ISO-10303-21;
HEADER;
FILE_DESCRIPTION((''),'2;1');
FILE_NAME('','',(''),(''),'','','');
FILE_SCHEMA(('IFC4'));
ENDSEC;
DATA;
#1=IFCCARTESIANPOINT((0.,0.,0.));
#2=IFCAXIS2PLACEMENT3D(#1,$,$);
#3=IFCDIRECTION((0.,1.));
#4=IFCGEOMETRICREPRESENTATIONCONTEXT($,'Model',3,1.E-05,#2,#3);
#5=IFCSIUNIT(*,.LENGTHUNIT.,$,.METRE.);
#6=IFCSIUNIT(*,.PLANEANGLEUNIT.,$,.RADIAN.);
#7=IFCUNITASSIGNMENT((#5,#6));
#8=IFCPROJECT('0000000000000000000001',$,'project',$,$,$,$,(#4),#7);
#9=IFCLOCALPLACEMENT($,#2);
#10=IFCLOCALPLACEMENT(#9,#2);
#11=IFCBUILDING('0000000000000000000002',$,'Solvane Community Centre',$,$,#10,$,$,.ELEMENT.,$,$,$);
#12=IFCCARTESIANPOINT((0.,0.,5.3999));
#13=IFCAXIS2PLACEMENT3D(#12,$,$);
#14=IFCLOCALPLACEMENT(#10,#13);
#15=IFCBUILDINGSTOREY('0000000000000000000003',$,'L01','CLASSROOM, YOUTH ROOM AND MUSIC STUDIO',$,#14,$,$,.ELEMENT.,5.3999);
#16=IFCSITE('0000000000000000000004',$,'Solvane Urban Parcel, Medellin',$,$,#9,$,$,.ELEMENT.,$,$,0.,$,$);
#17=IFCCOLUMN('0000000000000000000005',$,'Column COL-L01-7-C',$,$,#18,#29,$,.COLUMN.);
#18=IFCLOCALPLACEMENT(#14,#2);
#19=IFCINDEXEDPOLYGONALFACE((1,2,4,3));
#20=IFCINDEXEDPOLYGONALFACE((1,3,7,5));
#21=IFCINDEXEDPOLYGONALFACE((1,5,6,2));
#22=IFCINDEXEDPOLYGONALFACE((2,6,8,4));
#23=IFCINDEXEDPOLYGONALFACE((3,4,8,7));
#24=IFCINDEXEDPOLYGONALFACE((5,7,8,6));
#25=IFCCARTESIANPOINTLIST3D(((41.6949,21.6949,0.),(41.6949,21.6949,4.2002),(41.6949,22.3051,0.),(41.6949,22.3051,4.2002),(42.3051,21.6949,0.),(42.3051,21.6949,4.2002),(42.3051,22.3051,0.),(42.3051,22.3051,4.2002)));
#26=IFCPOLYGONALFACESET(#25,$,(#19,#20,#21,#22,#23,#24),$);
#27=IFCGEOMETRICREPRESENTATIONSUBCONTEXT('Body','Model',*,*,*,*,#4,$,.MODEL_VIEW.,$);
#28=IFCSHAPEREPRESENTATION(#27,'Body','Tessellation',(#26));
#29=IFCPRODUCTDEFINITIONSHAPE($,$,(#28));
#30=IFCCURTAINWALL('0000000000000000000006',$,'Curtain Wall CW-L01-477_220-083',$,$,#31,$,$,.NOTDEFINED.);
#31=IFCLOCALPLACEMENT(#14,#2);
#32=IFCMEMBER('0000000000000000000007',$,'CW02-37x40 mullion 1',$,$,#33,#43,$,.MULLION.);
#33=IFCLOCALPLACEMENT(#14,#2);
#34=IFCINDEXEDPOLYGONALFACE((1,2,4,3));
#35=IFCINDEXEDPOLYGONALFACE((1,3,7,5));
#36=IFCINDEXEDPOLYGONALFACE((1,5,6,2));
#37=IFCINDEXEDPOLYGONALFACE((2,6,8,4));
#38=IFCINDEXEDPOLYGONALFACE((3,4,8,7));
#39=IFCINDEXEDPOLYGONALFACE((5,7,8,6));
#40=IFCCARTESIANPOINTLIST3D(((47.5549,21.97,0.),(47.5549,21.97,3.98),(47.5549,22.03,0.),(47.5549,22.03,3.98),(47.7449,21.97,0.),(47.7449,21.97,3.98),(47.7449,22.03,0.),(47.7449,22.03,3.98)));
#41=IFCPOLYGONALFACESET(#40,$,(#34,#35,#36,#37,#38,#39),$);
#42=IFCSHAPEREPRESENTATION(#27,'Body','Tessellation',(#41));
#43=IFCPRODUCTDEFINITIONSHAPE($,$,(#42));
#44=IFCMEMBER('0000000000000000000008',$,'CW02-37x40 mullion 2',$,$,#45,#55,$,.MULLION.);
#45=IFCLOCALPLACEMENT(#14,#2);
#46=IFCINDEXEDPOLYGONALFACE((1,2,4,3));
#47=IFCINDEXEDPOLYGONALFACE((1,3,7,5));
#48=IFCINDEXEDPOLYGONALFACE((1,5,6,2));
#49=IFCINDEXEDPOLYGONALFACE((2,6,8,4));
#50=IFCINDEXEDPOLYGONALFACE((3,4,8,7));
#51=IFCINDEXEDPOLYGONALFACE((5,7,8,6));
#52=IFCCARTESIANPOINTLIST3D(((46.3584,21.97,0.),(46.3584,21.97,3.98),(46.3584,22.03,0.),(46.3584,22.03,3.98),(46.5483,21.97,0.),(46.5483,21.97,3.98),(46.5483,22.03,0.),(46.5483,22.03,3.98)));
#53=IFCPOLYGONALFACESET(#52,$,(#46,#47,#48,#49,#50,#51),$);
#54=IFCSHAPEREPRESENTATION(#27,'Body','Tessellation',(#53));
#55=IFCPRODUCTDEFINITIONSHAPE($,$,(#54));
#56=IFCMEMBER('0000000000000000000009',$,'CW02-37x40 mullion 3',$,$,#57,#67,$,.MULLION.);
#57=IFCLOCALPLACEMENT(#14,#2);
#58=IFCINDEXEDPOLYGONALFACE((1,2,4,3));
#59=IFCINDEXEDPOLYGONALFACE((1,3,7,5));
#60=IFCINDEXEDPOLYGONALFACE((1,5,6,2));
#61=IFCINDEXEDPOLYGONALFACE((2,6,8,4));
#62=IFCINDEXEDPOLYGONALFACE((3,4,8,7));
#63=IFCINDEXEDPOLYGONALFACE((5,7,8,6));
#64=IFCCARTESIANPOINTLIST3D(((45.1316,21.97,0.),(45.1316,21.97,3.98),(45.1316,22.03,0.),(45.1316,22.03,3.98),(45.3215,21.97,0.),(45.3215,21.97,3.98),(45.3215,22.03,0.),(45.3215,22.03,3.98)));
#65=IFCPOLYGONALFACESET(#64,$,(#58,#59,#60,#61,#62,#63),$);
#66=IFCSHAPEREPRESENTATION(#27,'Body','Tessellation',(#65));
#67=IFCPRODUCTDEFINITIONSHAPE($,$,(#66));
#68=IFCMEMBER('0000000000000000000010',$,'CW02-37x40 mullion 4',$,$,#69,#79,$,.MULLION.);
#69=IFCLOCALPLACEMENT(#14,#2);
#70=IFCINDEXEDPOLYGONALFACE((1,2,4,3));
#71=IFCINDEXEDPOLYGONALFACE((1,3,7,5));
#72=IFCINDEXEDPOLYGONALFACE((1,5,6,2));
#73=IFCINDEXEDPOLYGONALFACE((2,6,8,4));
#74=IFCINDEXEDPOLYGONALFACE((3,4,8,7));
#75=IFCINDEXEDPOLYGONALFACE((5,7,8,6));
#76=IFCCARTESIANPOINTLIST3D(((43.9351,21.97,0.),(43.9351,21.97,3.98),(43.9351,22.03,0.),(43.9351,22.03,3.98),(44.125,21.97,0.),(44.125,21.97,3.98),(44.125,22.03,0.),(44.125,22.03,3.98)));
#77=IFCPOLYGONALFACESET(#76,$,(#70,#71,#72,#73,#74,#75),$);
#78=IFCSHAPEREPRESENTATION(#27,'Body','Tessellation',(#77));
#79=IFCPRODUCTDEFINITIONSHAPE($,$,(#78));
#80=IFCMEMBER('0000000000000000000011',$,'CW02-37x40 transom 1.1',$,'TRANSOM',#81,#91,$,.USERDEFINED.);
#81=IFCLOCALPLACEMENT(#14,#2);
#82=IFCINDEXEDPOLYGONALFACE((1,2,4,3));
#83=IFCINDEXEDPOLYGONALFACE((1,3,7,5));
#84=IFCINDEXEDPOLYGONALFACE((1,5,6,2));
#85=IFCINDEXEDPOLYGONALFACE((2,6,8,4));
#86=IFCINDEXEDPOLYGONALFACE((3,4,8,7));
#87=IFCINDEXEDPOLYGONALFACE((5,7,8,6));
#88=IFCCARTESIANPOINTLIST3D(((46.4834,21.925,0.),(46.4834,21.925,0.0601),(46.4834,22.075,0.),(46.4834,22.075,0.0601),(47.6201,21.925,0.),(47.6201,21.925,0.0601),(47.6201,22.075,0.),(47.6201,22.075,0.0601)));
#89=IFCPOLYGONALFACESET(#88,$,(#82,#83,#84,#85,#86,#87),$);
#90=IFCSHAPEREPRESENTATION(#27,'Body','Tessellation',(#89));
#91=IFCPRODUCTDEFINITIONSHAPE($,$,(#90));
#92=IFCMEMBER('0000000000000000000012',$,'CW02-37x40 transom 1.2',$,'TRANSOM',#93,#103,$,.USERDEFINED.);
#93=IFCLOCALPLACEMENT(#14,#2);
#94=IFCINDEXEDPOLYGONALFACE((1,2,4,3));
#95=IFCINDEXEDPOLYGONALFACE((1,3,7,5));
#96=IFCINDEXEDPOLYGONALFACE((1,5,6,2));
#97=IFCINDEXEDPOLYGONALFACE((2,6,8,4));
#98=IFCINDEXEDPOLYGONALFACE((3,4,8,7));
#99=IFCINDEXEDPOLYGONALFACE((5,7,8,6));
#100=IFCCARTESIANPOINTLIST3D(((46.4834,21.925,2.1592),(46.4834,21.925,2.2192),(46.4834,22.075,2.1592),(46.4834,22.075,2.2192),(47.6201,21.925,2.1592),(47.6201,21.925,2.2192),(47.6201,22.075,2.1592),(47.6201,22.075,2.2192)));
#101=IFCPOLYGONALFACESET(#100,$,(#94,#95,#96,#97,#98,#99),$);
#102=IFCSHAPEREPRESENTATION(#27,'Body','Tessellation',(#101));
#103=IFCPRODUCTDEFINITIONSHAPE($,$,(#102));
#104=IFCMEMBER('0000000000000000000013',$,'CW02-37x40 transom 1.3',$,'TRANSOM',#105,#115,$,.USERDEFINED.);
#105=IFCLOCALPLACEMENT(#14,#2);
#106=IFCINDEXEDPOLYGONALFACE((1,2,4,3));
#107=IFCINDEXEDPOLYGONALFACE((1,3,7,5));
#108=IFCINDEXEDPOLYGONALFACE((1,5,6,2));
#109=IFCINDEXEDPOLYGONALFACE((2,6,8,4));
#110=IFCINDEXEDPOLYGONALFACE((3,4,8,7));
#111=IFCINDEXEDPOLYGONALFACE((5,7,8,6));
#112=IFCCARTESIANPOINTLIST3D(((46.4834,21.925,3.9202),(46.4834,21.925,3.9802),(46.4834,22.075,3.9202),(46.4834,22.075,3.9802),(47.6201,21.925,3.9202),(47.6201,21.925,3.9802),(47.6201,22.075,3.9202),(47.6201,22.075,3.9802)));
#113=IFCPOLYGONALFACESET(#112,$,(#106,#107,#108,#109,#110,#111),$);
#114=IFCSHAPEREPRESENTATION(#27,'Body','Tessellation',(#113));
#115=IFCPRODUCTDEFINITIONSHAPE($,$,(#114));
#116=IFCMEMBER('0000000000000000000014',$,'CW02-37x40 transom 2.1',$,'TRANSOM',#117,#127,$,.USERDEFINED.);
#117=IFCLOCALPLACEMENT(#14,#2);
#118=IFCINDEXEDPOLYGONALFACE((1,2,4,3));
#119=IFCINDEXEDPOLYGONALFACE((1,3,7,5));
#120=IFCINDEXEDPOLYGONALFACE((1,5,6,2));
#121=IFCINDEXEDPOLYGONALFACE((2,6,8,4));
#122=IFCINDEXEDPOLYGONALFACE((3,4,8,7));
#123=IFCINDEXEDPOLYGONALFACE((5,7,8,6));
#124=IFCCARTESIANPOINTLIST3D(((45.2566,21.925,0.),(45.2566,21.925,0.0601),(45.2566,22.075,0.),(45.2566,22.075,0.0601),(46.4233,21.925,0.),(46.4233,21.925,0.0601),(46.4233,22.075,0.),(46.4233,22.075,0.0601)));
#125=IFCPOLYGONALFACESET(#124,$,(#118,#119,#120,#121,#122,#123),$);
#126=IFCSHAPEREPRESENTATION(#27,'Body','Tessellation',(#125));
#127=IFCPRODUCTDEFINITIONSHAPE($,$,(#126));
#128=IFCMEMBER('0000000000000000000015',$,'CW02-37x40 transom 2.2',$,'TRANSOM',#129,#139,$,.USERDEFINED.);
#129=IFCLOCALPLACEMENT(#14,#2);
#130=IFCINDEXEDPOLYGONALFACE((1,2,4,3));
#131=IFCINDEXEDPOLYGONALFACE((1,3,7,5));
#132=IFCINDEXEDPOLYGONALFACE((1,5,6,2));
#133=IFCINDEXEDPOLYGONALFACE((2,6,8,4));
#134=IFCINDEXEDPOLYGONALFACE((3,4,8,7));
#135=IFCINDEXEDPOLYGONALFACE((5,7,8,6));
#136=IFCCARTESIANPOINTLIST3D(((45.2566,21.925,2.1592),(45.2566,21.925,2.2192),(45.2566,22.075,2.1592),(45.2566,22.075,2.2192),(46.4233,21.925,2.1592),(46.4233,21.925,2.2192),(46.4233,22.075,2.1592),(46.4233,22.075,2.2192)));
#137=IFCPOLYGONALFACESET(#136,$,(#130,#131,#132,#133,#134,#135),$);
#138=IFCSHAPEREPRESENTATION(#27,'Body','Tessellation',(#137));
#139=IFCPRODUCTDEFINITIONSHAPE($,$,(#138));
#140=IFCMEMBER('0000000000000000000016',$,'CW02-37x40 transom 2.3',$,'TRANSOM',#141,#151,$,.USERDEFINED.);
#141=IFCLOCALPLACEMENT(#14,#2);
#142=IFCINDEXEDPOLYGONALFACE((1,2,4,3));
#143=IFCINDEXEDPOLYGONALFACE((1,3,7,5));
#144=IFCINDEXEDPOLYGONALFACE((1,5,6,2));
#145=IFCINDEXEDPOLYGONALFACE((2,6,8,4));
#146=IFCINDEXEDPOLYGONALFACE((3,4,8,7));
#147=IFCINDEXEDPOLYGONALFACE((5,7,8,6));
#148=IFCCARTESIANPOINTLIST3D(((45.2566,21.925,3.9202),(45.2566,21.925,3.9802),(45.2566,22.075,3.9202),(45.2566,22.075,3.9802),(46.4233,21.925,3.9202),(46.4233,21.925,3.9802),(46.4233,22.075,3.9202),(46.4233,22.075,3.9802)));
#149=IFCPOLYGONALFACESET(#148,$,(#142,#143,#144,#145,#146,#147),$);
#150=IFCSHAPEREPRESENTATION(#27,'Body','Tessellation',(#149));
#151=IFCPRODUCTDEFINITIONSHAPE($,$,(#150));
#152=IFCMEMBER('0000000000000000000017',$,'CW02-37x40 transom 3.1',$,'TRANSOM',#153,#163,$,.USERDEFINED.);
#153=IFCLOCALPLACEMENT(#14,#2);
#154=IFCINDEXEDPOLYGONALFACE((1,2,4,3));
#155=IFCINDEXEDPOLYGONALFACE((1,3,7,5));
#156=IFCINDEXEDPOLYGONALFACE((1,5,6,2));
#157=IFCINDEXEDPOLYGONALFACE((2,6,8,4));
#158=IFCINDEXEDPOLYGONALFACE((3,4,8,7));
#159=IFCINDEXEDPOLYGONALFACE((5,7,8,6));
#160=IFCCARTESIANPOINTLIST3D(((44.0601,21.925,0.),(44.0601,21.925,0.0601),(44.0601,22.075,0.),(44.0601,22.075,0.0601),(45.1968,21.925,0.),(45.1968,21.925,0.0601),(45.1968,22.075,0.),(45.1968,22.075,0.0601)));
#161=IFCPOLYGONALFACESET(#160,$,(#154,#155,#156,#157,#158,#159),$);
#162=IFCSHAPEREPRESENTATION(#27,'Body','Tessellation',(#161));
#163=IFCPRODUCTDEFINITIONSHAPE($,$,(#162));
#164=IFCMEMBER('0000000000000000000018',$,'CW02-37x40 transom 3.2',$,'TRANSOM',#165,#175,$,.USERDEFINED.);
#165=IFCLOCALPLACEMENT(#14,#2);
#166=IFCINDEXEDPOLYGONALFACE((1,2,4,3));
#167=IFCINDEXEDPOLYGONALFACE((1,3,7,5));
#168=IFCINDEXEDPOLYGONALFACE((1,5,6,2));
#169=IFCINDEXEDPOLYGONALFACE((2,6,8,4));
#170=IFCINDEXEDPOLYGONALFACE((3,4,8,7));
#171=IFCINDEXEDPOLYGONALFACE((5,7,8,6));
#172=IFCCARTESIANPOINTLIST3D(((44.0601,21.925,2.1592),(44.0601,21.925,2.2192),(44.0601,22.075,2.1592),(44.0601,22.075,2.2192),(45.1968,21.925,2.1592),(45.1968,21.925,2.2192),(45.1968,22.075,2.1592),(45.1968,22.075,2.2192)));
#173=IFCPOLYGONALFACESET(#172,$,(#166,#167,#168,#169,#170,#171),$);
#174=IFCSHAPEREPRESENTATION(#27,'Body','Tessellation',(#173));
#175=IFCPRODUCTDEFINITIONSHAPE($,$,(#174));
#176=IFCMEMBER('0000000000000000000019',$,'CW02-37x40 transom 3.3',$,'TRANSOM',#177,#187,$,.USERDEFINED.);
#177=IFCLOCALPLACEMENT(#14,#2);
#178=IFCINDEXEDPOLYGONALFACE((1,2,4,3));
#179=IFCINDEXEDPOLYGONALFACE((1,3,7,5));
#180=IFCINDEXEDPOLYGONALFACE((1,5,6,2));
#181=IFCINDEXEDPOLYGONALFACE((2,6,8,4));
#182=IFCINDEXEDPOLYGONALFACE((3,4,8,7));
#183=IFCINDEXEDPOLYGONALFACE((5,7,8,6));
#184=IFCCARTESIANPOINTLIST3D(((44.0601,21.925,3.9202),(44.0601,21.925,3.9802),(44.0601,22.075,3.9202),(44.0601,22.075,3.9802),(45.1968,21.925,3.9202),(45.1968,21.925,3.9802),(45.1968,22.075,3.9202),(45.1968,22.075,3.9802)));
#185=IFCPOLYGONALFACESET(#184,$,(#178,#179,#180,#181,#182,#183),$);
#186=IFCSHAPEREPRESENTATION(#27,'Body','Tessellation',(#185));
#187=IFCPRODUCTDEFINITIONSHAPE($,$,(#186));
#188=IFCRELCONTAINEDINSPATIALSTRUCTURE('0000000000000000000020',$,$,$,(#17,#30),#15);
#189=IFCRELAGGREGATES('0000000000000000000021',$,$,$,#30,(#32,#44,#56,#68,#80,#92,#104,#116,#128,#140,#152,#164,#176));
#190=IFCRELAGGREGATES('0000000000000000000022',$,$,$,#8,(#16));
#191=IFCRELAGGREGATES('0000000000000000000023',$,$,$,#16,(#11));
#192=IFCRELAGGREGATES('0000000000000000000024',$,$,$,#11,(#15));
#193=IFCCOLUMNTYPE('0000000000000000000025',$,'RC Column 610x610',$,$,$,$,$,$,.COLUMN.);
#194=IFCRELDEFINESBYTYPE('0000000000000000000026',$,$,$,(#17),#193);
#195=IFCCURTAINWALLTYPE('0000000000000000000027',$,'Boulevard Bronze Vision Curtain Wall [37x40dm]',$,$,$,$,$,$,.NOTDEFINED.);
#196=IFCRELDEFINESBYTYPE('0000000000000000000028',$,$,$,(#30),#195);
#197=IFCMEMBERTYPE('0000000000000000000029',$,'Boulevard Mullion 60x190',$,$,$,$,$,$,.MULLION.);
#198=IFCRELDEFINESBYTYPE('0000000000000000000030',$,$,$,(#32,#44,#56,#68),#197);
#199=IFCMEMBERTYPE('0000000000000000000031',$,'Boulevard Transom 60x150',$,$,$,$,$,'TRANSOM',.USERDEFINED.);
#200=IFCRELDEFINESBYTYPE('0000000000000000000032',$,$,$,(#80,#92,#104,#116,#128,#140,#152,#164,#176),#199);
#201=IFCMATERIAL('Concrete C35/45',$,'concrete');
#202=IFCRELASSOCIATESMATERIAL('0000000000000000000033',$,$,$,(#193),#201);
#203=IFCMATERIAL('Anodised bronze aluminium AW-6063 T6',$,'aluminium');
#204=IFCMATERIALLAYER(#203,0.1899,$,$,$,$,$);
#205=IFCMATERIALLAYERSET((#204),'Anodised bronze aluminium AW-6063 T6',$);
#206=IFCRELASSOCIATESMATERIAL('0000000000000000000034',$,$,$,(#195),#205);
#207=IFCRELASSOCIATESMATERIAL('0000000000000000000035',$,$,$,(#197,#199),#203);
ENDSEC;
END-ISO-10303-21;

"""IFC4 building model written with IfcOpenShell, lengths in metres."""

from ifc_helpers import new_model, si_unit, direction, frame, origin, origin_2d, place, context, subcontext, project, spatial, rectangle, extrude, material, layer, layer_set, material_profile, profile_set, type_object, element, aggregate, save


model = new_model("IFC4")

# Units and contexts
model_context = context("Model", 3, precision=1e-05, world=origin(), true_north=direction((0.0, 1.0)))
body_context = subcontext(model_context, "Body", "Model", "MODEL_VIEW")
ifc_project = project(units=[si_unit("LENGTHUNIT", "METRE"), si_unit("PLANEANGLEUNIT", "RADIAN")], contexts=[model_context])

# Site, building, storey
site_placement = place(None, origin())
site = spatial("IfcSite", under=ifc_project, at=site_placement, Name="Solvane Urban Parcel, Medellin", CompositionType="ELEMENT", RefElevation=0.0)
building_placement = place(site_placement, origin())
building = spatial("IfcBuilding", under=site, at=building_placement, Name="Solvane Community Centre", CompositionType="ELEMENT")
storey_placement = place(building_placement, frame((0.0, 0.0, 5.3999)))
storey = spatial("IfcBuildingStorey", under=building, at=storey_placement, Name="L01", Description="CLASSROOM, YOUTH ROOM AND MUSIC STUDIO", CompositionType="ELEMENT", Elevation=5.3999)

# Column
ifc_material_1 = material(Name="Concrete C35/45", Category="concrete")
ifc_material_profile_1 = material_profile(ifc_material_1, rectangle(XDim=0.6101, YDim=0.6101, at=origin_2d()), Name="RC 610x610")
ifc_profile_set_1 = profile_set([ifc_material_profile_1], Name="Concrete C35/45")
column_type = type_object("IfcColumnType", Name="RC Column 610x610", PredefinedType="COLUMN", material=ifc_profile_set_1)
column_placement = place(storey_placement, frame((42.0, 22.0, 0.0), z_axis=(0.0, 0.0, 1.0), x_axis=(1.0, 0.0, 0.0)))
element("IfcColumn", 1, at=column_placement, inside=storey, type_object=column_type, Name="Column COL-L01-7-C", PredefinedType="COLUMN", context=body_context, shape_type="SweptSolid", body=[
    extrude(rectangle(XDim=0.6101, YDim=0.6101, at=origin_2d()), origin(), (0.0, 0.0, 1.0), 4.2002),
])

# Curtain wall, members
ifc_material_2 = material(Name="Anodised bronze aluminium AW-6063 T6", Category="aluminium")
ifc_layer_1 = layer(ifc_material_2, 0.1899)
ifc_layer_set_1 = layer_set([ifc_layer_1], Name="Anodised bronze aluminium AW-6063 T6")
curtain_wall_type = type_object("IfcCurtainWallType", Name="Boulevard Bronze Vision Curtain Wall [37x40dm]", PredefinedType="NOTDEFINED", material=ifc_layer_set_1)
curtain_wall_placement = place(storey_placement, origin())
curtain_wall = element("IfcCurtainWall", 2, at=curtain_wall_placement, inside=storey, type_object=curtain_wall_type, Name="Curtain Wall CW-L01-477_220-083", PredefinedType="NOTDEFINED")
ifc_material_profile_2 = material_profile(ifc_material_2, rectangle(XDim=0.0601, YDim=0.1899, at=origin_2d()), Name="CW-M 60x190")
ifc_profile_set_2 = profile_set([ifc_material_profile_2], Name="Anodised bronze aluminium AW-6063 T6")
member_type_1 = type_object("IfcMemberType", Name="Boulevard Mullion 60x190", PredefinedType="MULLION", material=ifc_profile_set_2)
member_1_placement = place(storey_placement, frame((47.6499, 22.0, 0.0), z_axis=(0.0, 0.0, 1.0), x_axis=(0.0, -1.0, 0.0)))
member_1 = element("IfcMember", 3, at=member_1_placement, type_object=member_type_1, Name="CW02-37x40 mullion 1", PredefinedType="MULLION", context=body_context, shape_type="SweptSolid", body=[
    extrude(rectangle(XDim=0.0601, YDim=0.1899, at=origin_2d()), origin(), (0.0, 0.0, 1.0), 3.98),
])
member_2_placement = place(storey_placement, frame((46.4534, 22.0, 0.0), z_axis=(0.0, 0.0, 1.0), x_axis=(0.0, -1.0, 0.0)))
member_2 = element("IfcMember", 4, at=member_2_placement, type_object=member_type_1, Name="CW02-37x40 mullion 2", PredefinedType="MULLION", context=body_context, shape_type="SweptSolid", body=[
    extrude(rectangle(XDim=0.0601, YDim=0.1899, at=origin_2d()), origin(), (0.0, 0.0, 1.0), 3.98),
])
member_3_placement = place(storey_placement, frame((45.2266, 22.0, 0.0), z_axis=(0.0, 0.0, 1.0), x_axis=(0.0, -1.0, 0.0)))
member_3 = element("IfcMember", 5, at=member_3_placement, type_object=member_type_1, Name="CW02-37x40 mullion 3", PredefinedType="MULLION", context=body_context, shape_type="SweptSolid", body=[
    extrude(rectangle(XDim=0.0601, YDim=0.1899, at=origin_2d()), origin(), (0.0, 0.0, 1.0), 3.98),
])
member_4_placement = place(storey_placement, frame((44.03, 22.0, 0.0), z_axis=(0.0, 0.0, 1.0), x_axis=(0.0, -1.0, 0.0)))
member_4 = element("IfcMember", 6, at=member_4_placement, type_object=member_type_1, Name="CW02-37x40 mullion 4", PredefinedType="MULLION", context=body_context, shape_type="SweptSolid", body=[
    extrude(rectangle(XDim=0.0601, YDim=0.1899, at=origin_2d()), origin(), (0.0, 0.0, 1.0), 3.98),
])
ifc_material_profile_3 = material_profile(ifc_material_2, rectangle(XDim=0.1499, YDim=0.0601, at=origin_2d()), Name="CW-T 60x150")
ifc_profile_set_3 = profile_set([ifc_material_profile_3], Name="Anodised bronze aluminium AW-6063 T6")
member_type_2 = type_object("IfcMemberType", Name="Boulevard Transom 60x150", ElementType="TRANSOM", PredefinedType="USERDEFINED", material=ifc_profile_set_3)
member_5_placement = place(storey_placement, frame((47.6201, 22.0, 0.03), z_axis=(-1.0, 0.0, 0.0), x_axis=(0.0, -1.0, 0.0)))
member_5 = element("IfcMember", 7, at=member_5_placement, type_object=member_type_2, Name="CW02-37x40 transom 1.1", ObjectType="TRANSOM", PredefinedType="USERDEFINED", context=body_context, shape_type="SweptSolid", body=[
    extrude(rectangle(XDim=0.1499, YDim=0.0601, at=origin_2d()), origin(), (0.0, 0.0, 1.0), 1.1367),
])
member_6_placement = place(storey_placement, frame((47.6201, 22.0, 2.1892), z_axis=(-1.0, 0.0, 0.0), x_axis=(0.0, -1.0, 0.0)))
member_6 = element("IfcMember", 8, at=member_6_placement, type_object=member_type_2, Name="CW02-37x40 transom 1.2", ObjectType="TRANSOM", PredefinedType="USERDEFINED", context=body_context, shape_type="SweptSolid", body=[
    extrude(rectangle(XDim=0.1499, YDim=0.0601, at=origin_2d()), origin(), (0.0, 0.0, 1.0), 1.1367),
])
member_7_placement = place(storey_placement, frame((47.6201, 22.0, 3.9502), z_axis=(-1.0, 0.0, 0.0), x_axis=(0.0, -1.0, 0.0)))
member_7 = element("IfcMember", 9, at=member_7_placement, type_object=member_type_2, Name="CW02-37x40 transom 1.3", ObjectType="TRANSOM", PredefinedType="USERDEFINED", context=body_context, shape_type="SweptSolid", body=[
    extrude(rectangle(XDim=0.1499, YDim=0.0601, at=origin_2d()), origin(), (0.0, 0.0, 1.0), 1.1367),
])
member_8_placement = place(storey_placement, frame((46.4233, 22.0, 0.03), z_axis=(-1.0, 0.0, 0.0), x_axis=(0.0, -1.0, 0.0)))
member_8 = element("IfcMember", 10, at=member_8_placement, type_object=member_type_2, Name="CW02-37x40 transom 2.1", ObjectType="TRANSOM", PredefinedType="USERDEFINED", context=body_context, shape_type="SweptSolid", body=[
    extrude(rectangle(XDim=0.1499, YDim=0.0601, at=origin_2d()), origin(), (0.0, 0.0, 1.0), 1.1667),
])
member_9_placement = place(storey_placement, frame((46.4233, 22.0, 2.1892), z_axis=(-1.0, 0.0, 0.0), x_axis=(0.0, -1.0, 0.0)))
member_9 = element("IfcMember", 11, at=member_9_placement, type_object=member_type_2, Name="CW02-37x40 transom 2.2", ObjectType="TRANSOM", PredefinedType="USERDEFINED", context=body_context, shape_type="SweptSolid", body=[
    extrude(rectangle(XDim=0.1499, YDim=0.0601, at=origin_2d()), origin(), (0.0, 0.0, 1.0), 1.1667),
])
member_10_placement = place(storey_placement, frame((46.4233, 22.0, 3.9502), z_axis=(-1.0, 0.0, 0.0), x_axis=(0.0, -1.0, 0.0)))
member_10 = element("IfcMember", 12, at=member_10_placement, type_object=member_type_2, Name="CW02-37x40 transom 2.3", ObjectType="TRANSOM", PredefinedType="USERDEFINED", context=body_context, shape_type="SweptSolid", body=[
    extrude(rectangle(XDim=0.1499, YDim=0.0601, at=origin_2d()), origin(), (0.0, 0.0, 1.0), 1.1667),
])
member_11_placement = place(storey_placement, frame((45.1968, 22.0, 0.03), z_axis=(-1.0, 0.0, 0.0), x_axis=(0.0, -1.0, 0.0)))
member_11 = element("IfcMember", 13, at=member_11_placement, type_object=member_type_2, Name="CW02-37x40 transom 3.1", ObjectType="TRANSOM", PredefinedType="USERDEFINED", context=body_context, shape_type="SweptSolid", body=[
    extrude(rectangle(XDim=0.1499, YDim=0.0601, at=origin_2d()), origin(), (0.0, 0.0, 1.0), 1.1367),
])
member_12_placement = place(storey_placement, frame((45.1968, 22.0, 2.1892), z_axis=(-1.0, 0.0, 0.0), x_axis=(0.0, -1.0, 0.0)))
member_12 = element("IfcMember", 14, at=member_12_placement, type_object=member_type_2, Name="CW02-37x40 transom 3.2", ObjectType="TRANSOM", PredefinedType="USERDEFINED", context=body_context, shape_type="SweptSolid", body=[
    extrude(rectangle(XDim=0.1499, YDim=0.0601, at=origin_2d()), origin(), (0.0, 0.0, 1.0), 1.1367),
])
member_13_placement = place(storey_placement, frame((45.1968, 22.0, 3.9502), z_axis=(-1.0, 0.0, 0.0), x_axis=(0.0, -1.0, 0.0)))
member_13 = element("IfcMember", 15, at=member_13_placement, type_object=member_type_2, Name="CW02-37x40 transom 3.3", ObjectType="TRANSOM", PredefinedType="USERDEFINED", context=body_context, shape_type="SweptSolid", body=[
    extrude(rectangle(XDim=0.1499, YDim=0.0601, at=origin_2d()), origin(), (0.0, 0.0, 1.0), 1.1367),
])

aggregate(curtain_wall, [member_1, member_2, member_3, member_4, member_5, member_6, member_7, member_8, member_9, member_10, member_11, member_12, member_13])

save(model, "model.ifc")
